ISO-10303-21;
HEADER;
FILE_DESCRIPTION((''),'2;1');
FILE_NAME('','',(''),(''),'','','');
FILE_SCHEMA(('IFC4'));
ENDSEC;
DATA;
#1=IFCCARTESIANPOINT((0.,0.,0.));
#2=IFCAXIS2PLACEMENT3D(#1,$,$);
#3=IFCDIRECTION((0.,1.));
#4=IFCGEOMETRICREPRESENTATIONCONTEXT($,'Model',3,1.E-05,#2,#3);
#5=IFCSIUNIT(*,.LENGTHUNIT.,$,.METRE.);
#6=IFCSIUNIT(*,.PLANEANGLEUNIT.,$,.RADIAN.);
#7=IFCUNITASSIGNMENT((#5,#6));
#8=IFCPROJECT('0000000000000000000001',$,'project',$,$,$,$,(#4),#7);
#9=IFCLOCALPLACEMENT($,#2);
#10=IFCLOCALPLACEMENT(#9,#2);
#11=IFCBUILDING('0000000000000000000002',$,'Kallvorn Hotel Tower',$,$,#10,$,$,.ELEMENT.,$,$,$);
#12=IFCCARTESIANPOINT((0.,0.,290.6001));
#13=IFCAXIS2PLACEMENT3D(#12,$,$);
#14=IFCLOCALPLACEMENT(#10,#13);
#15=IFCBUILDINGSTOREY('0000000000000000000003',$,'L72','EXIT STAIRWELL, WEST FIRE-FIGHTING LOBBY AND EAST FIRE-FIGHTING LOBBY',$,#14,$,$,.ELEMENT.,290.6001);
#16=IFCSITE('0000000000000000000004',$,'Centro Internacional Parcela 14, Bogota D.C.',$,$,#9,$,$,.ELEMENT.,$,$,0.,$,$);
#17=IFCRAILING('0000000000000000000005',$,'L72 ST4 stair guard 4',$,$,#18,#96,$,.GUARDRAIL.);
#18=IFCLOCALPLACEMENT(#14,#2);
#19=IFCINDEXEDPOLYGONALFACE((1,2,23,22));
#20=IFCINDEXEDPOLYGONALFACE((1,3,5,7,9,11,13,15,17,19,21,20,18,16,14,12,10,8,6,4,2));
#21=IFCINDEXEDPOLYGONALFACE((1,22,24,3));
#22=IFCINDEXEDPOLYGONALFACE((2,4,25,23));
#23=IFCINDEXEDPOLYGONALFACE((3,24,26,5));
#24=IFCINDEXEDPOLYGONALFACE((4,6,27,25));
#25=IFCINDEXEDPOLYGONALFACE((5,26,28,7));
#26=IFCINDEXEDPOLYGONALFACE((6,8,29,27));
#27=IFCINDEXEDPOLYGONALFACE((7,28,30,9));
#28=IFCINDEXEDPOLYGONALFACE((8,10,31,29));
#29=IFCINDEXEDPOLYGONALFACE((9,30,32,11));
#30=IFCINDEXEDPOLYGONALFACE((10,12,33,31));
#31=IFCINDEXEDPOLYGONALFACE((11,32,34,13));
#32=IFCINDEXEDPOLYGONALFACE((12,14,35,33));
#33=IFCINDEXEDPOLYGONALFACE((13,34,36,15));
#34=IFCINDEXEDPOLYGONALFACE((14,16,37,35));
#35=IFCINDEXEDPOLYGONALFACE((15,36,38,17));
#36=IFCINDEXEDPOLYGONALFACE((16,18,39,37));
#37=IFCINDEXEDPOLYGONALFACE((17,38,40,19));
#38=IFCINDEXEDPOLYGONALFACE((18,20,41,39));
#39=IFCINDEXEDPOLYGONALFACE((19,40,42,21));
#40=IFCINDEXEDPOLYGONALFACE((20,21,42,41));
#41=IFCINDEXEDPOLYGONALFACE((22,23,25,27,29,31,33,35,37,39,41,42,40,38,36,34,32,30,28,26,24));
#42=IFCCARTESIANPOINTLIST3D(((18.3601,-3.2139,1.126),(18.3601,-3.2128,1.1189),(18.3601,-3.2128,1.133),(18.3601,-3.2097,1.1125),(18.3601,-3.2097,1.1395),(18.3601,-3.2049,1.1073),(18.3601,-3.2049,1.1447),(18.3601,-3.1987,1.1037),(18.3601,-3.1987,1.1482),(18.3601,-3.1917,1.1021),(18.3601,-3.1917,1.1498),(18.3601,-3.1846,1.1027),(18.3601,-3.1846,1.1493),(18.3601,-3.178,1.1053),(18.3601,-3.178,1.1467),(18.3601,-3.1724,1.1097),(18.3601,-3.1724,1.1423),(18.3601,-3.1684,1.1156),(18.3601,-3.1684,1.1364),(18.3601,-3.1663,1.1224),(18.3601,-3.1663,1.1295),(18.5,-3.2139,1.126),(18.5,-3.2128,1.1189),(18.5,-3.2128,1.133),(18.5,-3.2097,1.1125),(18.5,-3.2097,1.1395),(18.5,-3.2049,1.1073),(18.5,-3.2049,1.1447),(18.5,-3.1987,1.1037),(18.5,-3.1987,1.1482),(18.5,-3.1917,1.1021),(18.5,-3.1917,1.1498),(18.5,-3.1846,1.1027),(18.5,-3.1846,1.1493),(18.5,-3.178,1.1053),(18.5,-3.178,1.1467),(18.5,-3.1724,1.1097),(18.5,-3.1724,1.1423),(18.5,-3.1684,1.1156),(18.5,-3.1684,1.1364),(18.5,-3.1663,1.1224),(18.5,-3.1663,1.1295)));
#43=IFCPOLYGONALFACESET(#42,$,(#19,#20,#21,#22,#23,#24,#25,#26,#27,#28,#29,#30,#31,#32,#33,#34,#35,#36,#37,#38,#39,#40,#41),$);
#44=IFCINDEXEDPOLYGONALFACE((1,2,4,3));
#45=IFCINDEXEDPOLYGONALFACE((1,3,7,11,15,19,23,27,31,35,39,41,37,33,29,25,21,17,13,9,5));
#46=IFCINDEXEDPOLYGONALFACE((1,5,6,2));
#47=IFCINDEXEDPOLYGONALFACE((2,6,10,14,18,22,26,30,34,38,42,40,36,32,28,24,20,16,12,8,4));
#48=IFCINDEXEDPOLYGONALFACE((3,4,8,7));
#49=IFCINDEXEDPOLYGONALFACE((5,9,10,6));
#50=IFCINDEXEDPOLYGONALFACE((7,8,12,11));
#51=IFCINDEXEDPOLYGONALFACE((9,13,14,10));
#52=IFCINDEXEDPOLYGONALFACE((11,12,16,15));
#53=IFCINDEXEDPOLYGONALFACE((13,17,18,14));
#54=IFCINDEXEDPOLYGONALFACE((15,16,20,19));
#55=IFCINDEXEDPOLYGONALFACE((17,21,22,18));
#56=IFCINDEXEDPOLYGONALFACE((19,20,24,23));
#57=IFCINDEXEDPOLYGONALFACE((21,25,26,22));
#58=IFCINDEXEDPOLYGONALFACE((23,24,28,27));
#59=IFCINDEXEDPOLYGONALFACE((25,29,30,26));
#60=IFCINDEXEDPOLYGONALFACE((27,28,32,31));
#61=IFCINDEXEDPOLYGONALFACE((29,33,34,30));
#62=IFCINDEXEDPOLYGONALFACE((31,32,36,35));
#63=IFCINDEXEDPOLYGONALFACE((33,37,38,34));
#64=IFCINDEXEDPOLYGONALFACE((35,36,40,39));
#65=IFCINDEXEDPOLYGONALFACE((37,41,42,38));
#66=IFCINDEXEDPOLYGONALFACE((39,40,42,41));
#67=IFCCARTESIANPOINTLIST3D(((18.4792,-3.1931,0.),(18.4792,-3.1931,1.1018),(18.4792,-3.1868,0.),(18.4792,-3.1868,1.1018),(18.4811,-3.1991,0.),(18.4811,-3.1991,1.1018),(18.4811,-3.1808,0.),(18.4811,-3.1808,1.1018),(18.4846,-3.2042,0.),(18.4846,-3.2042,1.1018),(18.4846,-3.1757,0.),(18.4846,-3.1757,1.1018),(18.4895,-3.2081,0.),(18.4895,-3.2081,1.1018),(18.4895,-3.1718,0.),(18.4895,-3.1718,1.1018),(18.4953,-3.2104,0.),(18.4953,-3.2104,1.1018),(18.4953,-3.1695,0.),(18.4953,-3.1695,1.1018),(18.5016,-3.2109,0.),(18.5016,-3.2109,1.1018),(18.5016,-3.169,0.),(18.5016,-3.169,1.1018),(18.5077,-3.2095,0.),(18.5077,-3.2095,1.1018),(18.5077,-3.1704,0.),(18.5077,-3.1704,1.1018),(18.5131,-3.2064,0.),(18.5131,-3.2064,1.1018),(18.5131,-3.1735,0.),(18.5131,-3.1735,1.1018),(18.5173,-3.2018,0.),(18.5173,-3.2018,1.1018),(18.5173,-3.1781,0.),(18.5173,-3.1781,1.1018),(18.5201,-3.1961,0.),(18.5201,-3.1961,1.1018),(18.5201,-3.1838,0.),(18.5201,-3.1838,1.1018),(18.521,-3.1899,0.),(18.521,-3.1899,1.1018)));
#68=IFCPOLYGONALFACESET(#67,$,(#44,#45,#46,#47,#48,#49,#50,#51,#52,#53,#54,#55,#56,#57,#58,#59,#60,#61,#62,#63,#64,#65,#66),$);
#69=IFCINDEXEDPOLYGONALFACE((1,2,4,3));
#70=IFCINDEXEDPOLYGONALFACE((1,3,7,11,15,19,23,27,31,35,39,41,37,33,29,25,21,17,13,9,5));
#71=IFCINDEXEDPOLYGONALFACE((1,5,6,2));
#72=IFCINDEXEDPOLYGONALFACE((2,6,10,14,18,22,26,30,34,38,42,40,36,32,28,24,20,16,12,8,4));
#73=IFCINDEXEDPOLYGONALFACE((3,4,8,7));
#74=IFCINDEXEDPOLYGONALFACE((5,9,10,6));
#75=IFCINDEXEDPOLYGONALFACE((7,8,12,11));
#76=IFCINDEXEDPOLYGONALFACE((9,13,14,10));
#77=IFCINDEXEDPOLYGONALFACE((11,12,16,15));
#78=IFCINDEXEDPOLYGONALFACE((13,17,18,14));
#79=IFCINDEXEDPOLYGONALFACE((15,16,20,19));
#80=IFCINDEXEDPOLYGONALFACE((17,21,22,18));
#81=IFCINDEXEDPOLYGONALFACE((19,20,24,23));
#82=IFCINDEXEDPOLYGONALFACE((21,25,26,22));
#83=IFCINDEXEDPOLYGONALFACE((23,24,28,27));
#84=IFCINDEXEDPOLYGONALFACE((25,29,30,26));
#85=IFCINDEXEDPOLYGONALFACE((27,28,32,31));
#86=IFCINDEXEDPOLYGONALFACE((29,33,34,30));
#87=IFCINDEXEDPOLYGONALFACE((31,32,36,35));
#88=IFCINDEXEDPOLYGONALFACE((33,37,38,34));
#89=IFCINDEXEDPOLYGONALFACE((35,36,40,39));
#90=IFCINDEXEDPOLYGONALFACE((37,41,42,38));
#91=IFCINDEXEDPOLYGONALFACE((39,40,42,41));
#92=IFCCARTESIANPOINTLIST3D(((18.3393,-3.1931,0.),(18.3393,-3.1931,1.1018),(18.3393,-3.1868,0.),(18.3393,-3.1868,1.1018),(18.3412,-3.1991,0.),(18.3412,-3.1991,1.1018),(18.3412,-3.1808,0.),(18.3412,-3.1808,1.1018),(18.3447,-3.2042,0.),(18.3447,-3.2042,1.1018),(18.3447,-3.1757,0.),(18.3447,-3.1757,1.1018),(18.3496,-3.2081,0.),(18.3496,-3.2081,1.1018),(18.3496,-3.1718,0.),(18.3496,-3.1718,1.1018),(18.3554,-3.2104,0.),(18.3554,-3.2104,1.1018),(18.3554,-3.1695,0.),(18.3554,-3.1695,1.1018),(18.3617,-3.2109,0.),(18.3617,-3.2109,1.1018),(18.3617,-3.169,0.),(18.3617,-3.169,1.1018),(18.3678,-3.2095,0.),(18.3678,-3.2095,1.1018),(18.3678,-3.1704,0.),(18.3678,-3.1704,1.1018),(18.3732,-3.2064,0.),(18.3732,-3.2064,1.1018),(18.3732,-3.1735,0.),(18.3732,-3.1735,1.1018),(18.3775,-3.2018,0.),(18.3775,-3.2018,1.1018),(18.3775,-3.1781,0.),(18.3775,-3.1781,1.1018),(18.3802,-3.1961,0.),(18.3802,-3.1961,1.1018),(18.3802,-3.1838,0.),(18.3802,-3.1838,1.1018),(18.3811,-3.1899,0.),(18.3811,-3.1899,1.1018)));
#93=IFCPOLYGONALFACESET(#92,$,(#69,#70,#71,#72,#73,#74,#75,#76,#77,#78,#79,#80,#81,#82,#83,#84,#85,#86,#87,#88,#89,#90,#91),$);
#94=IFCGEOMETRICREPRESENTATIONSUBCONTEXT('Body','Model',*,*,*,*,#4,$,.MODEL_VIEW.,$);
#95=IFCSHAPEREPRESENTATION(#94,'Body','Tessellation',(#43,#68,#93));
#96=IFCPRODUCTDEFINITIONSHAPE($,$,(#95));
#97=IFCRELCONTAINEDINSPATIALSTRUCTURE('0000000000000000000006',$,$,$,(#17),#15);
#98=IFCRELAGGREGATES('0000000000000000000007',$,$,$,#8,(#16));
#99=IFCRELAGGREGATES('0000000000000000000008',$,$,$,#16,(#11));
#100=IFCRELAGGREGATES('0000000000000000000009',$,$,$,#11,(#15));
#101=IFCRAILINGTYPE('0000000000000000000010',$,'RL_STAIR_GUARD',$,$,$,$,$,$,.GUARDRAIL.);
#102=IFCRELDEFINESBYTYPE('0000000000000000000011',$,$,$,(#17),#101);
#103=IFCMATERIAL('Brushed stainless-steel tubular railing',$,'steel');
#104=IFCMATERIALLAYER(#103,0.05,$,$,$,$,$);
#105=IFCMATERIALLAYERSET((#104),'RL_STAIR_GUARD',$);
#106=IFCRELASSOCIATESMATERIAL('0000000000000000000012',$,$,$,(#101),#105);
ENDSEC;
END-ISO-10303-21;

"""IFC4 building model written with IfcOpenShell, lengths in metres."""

from ifc_helpers import new_model, si_unit, direction, frame, origin, origin_2d, place, context, subcontext, project, spatial, circle, extrude, material, layer, layer_set, type_object, element, save


model = new_model("IFC4")

# Units and contexts
model_context = context("Model", 3, precision=1e-05, world=origin(), true_north=direction((0.0, 1.0)))
body_context = subcontext(model_context, "Body", "Model", "MODEL_VIEW")
ifc_project = project(units=[si_unit("LENGTHUNIT", "METRE"), si_unit("PLANEANGLEUNIT", "RADIAN")], contexts=[model_context])

# Site, building, storey
site_placement = place(None, origin())
site = spatial("IfcSite", under=ifc_project, at=site_placement, Name="Centro Internacional Parcela 14, Bogota D.C.", CompositionType="ELEMENT", RefElevation=0.0)
building_placement = place(site_placement, origin())
building = spatial("IfcBuilding", under=site, at=building_placement, Name="Kallvorn Hotel Tower", CompositionType="ELEMENT")
storey_placement = place(building_placement, frame((0.0, 0.0, 290.6001)))
storey = spatial("IfcBuildingStorey", under=building, at=storey_placement, Name="L72", Description="EXIT STAIRWELL, WEST FIRE-FIGHTING LOBBY AND EAST FIRE-FIGHTING LOBBY", CompositionType="ELEMENT", Elevation=290.6001)

# Railing
ifc_material_1 = material(Name="Brushed stainless-steel tubular railing", Category="steel")
ifc_layer_1 = layer(ifc_material_1, 0.05)
ifc_layer_set_1 = layer_set([ifc_layer_1], Name="RL_STAIR_GUARD")
railing_type_1 = type_object("IfcRailingType", Name="RL_STAIR_GUARD", PredefinedType="GUARDRAIL", material=ifc_layer_set_1)
railing_1_placement = place(storey_placement, frame((18.5, -3.1899, 0.0)))
element("IfcRailing", 1, at=railing_1_placement, inside=storey, type_object=railing_type_1, Name="L72 ST4 stair guard 4", PredefinedType="GUARDRAIL", context=body_context, shape_type="SweptSolid", body=[
    extrude(circle(Radius=0.0239, at=origin_2d()), frame((0.0, 0.0, 1.126), z_axis=(-1.0, 0.0, 0.0), x_axis=(0.0, -1.0, 0.0)), (0.0, 0.0, 1.0), 0.1399),
    extrude(circle(Radius=0.021, at=origin_2d()), origin(), (0.0, 0.0, 1.0), 1.1018),
    extrude(circle(Radius=0.021, at=origin_2d()), frame((-0.1399, 0.0, 0.0)), (0.0, 0.0, 1.0), 1.1018),
])

save(model, "model.ifc")
